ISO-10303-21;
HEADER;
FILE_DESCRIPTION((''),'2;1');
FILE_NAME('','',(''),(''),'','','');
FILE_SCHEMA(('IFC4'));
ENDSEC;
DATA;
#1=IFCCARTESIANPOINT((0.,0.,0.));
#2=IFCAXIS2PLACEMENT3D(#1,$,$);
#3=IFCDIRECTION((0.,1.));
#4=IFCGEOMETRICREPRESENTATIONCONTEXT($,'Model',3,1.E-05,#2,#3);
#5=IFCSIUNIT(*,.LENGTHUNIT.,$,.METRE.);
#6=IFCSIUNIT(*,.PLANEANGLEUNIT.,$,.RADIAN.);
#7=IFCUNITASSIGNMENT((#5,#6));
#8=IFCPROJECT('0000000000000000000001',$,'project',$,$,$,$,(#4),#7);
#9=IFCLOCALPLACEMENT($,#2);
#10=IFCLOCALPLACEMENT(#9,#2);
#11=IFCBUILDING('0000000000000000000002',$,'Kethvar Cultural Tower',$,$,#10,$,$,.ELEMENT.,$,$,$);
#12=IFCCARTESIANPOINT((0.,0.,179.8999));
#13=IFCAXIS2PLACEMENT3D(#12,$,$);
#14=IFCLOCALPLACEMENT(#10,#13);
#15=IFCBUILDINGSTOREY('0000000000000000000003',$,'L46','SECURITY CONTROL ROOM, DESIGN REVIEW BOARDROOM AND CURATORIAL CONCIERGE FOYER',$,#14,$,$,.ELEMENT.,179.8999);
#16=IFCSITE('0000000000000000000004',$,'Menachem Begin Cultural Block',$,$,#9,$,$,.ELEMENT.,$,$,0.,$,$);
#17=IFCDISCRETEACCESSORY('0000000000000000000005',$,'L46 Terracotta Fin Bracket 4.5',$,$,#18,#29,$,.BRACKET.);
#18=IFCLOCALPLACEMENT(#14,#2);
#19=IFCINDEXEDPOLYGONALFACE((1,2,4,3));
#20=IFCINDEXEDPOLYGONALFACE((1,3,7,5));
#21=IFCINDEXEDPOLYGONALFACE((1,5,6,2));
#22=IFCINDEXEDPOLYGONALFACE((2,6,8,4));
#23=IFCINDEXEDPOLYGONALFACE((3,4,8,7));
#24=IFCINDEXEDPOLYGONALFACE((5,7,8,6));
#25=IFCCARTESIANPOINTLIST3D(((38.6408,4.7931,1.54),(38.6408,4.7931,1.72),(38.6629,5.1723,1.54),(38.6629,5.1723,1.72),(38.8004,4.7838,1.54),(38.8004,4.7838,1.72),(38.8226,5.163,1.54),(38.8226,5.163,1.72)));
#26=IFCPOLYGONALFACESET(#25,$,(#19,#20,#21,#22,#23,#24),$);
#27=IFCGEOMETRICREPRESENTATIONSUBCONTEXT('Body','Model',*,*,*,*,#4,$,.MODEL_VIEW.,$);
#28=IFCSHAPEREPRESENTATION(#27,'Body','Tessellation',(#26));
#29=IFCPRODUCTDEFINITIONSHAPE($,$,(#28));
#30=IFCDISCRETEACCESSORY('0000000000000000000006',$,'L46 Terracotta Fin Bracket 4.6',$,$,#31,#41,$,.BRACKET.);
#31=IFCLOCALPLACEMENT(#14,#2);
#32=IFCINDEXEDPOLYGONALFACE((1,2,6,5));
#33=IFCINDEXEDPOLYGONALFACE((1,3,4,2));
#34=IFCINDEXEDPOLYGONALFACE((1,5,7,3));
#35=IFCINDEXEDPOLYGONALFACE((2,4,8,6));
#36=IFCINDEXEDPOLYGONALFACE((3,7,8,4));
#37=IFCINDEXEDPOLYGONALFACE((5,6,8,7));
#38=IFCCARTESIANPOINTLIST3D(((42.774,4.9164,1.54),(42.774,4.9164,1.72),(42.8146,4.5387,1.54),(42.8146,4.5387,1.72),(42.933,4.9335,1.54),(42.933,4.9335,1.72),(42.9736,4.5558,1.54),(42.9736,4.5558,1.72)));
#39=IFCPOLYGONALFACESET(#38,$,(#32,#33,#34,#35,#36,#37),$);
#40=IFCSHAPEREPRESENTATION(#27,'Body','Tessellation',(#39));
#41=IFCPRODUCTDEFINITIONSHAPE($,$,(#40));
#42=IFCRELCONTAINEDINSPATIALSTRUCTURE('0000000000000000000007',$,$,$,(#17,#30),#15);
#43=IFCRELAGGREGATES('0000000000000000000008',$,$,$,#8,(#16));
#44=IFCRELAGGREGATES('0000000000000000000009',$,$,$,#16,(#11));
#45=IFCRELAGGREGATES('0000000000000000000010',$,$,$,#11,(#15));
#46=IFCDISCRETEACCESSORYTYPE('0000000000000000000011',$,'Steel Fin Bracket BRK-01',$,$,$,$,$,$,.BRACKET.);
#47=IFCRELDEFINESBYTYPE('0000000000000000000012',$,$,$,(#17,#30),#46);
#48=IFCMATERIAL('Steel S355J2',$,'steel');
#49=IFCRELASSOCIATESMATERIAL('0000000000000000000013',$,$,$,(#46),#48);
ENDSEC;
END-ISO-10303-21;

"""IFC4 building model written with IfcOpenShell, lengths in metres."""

from ifc_helpers import new_model, si_unit, direction, frame, origin, origin_2d, place, context, subcontext, project, spatial, rectangle, extrude, source, transform, mapped, material, type_object, element, save


model = new_model("IFC4")

# Units and contexts
model_context = context("Model", 3, precision=1e-05, world=origin(), true_north=direction((0.0, 1.0)))
body_context = subcontext(model_context, "Body", "Model", "MODEL_VIEW")
ifc_project = project(units=[si_unit("LENGTHUNIT", "METRE"), si_unit("PLANEANGLEUNIT", "RADIAN")], contexts=[model_context])

# Site, building, storey
site_placement = place(None, origin())
site = spatial("IfcSite", under=ifc_project, at=site_placement, Name="Menachem Begin Cultural Block", CompositionType="ELEMENT", RefElevation=0.0)
building_placement = place(site_placement, origin())
building = spatial("IfcBuilding", under=site, at=building_placement, Name="Kethvar Cultural Tower", CompositionType="ELEMENT")
storey_placement = place(building_placement, frame((0.0, 0.0, 179.8999)))
storey = spatial("IfcBuildingStorey", under=building, at=storey_placement, Name="L46", Description="SECURITY CONTROL ROOM, DESIGN REVIEW BOARDROOM AND CURATORIAL CONCIERGE FOYER", CompositionType="ELEMENT", Elevation=179.8999)

# Shared definitions
ifc_material_1 = material(Name="Steel S355J2", Category="steel")

# Discrete accessories
discrete_accessory_type = type_object("IfcDiscreteAccessoryType", Name="Steel Fin Bracket BRK-01", PredefinedType="BRACKET", material=ifc_material_1)
shared_shape_1 = source(origin(), body_context, "Body", "SweptSolid", [
    extrude(rectangle(XDim=0.3799, YDim=0.1599, at=origin_2d()), origin(), (0.0, 0.0, 1.0), 0.1799),
])
for number, where, z_axis, x_axis, name in (
    (1, (38.7317, 4.978, 1.54), (0.0, 0.0, 1.0), (-0.058261, -0.998301, 0.0), "L46 Terracotta Fin Bracket 4.5"),
    (2, (42.8738, 4.7361, 1.54), (0.0, 0.0, 1.0), (0.106958, -0.994264, 0.0), "L46 Terracotta Fin Bracket 4.6"),
):
    element("IfcDiscreteAccessory", number, at=place(storey_placement, frame(where, z_axis=z_axis, x_axis=x_axis)), inside=storey, type_object=discrete_accessory_type, Name=name, PredefinedType="BRACKET", context=body_context, shape_type="MappedRepresentation", body=[
        mapped(shared_shape_1, transform((0.0, 0.0, 0.0), scale=1.0)),
    ])

save(model, "model.ifc")
